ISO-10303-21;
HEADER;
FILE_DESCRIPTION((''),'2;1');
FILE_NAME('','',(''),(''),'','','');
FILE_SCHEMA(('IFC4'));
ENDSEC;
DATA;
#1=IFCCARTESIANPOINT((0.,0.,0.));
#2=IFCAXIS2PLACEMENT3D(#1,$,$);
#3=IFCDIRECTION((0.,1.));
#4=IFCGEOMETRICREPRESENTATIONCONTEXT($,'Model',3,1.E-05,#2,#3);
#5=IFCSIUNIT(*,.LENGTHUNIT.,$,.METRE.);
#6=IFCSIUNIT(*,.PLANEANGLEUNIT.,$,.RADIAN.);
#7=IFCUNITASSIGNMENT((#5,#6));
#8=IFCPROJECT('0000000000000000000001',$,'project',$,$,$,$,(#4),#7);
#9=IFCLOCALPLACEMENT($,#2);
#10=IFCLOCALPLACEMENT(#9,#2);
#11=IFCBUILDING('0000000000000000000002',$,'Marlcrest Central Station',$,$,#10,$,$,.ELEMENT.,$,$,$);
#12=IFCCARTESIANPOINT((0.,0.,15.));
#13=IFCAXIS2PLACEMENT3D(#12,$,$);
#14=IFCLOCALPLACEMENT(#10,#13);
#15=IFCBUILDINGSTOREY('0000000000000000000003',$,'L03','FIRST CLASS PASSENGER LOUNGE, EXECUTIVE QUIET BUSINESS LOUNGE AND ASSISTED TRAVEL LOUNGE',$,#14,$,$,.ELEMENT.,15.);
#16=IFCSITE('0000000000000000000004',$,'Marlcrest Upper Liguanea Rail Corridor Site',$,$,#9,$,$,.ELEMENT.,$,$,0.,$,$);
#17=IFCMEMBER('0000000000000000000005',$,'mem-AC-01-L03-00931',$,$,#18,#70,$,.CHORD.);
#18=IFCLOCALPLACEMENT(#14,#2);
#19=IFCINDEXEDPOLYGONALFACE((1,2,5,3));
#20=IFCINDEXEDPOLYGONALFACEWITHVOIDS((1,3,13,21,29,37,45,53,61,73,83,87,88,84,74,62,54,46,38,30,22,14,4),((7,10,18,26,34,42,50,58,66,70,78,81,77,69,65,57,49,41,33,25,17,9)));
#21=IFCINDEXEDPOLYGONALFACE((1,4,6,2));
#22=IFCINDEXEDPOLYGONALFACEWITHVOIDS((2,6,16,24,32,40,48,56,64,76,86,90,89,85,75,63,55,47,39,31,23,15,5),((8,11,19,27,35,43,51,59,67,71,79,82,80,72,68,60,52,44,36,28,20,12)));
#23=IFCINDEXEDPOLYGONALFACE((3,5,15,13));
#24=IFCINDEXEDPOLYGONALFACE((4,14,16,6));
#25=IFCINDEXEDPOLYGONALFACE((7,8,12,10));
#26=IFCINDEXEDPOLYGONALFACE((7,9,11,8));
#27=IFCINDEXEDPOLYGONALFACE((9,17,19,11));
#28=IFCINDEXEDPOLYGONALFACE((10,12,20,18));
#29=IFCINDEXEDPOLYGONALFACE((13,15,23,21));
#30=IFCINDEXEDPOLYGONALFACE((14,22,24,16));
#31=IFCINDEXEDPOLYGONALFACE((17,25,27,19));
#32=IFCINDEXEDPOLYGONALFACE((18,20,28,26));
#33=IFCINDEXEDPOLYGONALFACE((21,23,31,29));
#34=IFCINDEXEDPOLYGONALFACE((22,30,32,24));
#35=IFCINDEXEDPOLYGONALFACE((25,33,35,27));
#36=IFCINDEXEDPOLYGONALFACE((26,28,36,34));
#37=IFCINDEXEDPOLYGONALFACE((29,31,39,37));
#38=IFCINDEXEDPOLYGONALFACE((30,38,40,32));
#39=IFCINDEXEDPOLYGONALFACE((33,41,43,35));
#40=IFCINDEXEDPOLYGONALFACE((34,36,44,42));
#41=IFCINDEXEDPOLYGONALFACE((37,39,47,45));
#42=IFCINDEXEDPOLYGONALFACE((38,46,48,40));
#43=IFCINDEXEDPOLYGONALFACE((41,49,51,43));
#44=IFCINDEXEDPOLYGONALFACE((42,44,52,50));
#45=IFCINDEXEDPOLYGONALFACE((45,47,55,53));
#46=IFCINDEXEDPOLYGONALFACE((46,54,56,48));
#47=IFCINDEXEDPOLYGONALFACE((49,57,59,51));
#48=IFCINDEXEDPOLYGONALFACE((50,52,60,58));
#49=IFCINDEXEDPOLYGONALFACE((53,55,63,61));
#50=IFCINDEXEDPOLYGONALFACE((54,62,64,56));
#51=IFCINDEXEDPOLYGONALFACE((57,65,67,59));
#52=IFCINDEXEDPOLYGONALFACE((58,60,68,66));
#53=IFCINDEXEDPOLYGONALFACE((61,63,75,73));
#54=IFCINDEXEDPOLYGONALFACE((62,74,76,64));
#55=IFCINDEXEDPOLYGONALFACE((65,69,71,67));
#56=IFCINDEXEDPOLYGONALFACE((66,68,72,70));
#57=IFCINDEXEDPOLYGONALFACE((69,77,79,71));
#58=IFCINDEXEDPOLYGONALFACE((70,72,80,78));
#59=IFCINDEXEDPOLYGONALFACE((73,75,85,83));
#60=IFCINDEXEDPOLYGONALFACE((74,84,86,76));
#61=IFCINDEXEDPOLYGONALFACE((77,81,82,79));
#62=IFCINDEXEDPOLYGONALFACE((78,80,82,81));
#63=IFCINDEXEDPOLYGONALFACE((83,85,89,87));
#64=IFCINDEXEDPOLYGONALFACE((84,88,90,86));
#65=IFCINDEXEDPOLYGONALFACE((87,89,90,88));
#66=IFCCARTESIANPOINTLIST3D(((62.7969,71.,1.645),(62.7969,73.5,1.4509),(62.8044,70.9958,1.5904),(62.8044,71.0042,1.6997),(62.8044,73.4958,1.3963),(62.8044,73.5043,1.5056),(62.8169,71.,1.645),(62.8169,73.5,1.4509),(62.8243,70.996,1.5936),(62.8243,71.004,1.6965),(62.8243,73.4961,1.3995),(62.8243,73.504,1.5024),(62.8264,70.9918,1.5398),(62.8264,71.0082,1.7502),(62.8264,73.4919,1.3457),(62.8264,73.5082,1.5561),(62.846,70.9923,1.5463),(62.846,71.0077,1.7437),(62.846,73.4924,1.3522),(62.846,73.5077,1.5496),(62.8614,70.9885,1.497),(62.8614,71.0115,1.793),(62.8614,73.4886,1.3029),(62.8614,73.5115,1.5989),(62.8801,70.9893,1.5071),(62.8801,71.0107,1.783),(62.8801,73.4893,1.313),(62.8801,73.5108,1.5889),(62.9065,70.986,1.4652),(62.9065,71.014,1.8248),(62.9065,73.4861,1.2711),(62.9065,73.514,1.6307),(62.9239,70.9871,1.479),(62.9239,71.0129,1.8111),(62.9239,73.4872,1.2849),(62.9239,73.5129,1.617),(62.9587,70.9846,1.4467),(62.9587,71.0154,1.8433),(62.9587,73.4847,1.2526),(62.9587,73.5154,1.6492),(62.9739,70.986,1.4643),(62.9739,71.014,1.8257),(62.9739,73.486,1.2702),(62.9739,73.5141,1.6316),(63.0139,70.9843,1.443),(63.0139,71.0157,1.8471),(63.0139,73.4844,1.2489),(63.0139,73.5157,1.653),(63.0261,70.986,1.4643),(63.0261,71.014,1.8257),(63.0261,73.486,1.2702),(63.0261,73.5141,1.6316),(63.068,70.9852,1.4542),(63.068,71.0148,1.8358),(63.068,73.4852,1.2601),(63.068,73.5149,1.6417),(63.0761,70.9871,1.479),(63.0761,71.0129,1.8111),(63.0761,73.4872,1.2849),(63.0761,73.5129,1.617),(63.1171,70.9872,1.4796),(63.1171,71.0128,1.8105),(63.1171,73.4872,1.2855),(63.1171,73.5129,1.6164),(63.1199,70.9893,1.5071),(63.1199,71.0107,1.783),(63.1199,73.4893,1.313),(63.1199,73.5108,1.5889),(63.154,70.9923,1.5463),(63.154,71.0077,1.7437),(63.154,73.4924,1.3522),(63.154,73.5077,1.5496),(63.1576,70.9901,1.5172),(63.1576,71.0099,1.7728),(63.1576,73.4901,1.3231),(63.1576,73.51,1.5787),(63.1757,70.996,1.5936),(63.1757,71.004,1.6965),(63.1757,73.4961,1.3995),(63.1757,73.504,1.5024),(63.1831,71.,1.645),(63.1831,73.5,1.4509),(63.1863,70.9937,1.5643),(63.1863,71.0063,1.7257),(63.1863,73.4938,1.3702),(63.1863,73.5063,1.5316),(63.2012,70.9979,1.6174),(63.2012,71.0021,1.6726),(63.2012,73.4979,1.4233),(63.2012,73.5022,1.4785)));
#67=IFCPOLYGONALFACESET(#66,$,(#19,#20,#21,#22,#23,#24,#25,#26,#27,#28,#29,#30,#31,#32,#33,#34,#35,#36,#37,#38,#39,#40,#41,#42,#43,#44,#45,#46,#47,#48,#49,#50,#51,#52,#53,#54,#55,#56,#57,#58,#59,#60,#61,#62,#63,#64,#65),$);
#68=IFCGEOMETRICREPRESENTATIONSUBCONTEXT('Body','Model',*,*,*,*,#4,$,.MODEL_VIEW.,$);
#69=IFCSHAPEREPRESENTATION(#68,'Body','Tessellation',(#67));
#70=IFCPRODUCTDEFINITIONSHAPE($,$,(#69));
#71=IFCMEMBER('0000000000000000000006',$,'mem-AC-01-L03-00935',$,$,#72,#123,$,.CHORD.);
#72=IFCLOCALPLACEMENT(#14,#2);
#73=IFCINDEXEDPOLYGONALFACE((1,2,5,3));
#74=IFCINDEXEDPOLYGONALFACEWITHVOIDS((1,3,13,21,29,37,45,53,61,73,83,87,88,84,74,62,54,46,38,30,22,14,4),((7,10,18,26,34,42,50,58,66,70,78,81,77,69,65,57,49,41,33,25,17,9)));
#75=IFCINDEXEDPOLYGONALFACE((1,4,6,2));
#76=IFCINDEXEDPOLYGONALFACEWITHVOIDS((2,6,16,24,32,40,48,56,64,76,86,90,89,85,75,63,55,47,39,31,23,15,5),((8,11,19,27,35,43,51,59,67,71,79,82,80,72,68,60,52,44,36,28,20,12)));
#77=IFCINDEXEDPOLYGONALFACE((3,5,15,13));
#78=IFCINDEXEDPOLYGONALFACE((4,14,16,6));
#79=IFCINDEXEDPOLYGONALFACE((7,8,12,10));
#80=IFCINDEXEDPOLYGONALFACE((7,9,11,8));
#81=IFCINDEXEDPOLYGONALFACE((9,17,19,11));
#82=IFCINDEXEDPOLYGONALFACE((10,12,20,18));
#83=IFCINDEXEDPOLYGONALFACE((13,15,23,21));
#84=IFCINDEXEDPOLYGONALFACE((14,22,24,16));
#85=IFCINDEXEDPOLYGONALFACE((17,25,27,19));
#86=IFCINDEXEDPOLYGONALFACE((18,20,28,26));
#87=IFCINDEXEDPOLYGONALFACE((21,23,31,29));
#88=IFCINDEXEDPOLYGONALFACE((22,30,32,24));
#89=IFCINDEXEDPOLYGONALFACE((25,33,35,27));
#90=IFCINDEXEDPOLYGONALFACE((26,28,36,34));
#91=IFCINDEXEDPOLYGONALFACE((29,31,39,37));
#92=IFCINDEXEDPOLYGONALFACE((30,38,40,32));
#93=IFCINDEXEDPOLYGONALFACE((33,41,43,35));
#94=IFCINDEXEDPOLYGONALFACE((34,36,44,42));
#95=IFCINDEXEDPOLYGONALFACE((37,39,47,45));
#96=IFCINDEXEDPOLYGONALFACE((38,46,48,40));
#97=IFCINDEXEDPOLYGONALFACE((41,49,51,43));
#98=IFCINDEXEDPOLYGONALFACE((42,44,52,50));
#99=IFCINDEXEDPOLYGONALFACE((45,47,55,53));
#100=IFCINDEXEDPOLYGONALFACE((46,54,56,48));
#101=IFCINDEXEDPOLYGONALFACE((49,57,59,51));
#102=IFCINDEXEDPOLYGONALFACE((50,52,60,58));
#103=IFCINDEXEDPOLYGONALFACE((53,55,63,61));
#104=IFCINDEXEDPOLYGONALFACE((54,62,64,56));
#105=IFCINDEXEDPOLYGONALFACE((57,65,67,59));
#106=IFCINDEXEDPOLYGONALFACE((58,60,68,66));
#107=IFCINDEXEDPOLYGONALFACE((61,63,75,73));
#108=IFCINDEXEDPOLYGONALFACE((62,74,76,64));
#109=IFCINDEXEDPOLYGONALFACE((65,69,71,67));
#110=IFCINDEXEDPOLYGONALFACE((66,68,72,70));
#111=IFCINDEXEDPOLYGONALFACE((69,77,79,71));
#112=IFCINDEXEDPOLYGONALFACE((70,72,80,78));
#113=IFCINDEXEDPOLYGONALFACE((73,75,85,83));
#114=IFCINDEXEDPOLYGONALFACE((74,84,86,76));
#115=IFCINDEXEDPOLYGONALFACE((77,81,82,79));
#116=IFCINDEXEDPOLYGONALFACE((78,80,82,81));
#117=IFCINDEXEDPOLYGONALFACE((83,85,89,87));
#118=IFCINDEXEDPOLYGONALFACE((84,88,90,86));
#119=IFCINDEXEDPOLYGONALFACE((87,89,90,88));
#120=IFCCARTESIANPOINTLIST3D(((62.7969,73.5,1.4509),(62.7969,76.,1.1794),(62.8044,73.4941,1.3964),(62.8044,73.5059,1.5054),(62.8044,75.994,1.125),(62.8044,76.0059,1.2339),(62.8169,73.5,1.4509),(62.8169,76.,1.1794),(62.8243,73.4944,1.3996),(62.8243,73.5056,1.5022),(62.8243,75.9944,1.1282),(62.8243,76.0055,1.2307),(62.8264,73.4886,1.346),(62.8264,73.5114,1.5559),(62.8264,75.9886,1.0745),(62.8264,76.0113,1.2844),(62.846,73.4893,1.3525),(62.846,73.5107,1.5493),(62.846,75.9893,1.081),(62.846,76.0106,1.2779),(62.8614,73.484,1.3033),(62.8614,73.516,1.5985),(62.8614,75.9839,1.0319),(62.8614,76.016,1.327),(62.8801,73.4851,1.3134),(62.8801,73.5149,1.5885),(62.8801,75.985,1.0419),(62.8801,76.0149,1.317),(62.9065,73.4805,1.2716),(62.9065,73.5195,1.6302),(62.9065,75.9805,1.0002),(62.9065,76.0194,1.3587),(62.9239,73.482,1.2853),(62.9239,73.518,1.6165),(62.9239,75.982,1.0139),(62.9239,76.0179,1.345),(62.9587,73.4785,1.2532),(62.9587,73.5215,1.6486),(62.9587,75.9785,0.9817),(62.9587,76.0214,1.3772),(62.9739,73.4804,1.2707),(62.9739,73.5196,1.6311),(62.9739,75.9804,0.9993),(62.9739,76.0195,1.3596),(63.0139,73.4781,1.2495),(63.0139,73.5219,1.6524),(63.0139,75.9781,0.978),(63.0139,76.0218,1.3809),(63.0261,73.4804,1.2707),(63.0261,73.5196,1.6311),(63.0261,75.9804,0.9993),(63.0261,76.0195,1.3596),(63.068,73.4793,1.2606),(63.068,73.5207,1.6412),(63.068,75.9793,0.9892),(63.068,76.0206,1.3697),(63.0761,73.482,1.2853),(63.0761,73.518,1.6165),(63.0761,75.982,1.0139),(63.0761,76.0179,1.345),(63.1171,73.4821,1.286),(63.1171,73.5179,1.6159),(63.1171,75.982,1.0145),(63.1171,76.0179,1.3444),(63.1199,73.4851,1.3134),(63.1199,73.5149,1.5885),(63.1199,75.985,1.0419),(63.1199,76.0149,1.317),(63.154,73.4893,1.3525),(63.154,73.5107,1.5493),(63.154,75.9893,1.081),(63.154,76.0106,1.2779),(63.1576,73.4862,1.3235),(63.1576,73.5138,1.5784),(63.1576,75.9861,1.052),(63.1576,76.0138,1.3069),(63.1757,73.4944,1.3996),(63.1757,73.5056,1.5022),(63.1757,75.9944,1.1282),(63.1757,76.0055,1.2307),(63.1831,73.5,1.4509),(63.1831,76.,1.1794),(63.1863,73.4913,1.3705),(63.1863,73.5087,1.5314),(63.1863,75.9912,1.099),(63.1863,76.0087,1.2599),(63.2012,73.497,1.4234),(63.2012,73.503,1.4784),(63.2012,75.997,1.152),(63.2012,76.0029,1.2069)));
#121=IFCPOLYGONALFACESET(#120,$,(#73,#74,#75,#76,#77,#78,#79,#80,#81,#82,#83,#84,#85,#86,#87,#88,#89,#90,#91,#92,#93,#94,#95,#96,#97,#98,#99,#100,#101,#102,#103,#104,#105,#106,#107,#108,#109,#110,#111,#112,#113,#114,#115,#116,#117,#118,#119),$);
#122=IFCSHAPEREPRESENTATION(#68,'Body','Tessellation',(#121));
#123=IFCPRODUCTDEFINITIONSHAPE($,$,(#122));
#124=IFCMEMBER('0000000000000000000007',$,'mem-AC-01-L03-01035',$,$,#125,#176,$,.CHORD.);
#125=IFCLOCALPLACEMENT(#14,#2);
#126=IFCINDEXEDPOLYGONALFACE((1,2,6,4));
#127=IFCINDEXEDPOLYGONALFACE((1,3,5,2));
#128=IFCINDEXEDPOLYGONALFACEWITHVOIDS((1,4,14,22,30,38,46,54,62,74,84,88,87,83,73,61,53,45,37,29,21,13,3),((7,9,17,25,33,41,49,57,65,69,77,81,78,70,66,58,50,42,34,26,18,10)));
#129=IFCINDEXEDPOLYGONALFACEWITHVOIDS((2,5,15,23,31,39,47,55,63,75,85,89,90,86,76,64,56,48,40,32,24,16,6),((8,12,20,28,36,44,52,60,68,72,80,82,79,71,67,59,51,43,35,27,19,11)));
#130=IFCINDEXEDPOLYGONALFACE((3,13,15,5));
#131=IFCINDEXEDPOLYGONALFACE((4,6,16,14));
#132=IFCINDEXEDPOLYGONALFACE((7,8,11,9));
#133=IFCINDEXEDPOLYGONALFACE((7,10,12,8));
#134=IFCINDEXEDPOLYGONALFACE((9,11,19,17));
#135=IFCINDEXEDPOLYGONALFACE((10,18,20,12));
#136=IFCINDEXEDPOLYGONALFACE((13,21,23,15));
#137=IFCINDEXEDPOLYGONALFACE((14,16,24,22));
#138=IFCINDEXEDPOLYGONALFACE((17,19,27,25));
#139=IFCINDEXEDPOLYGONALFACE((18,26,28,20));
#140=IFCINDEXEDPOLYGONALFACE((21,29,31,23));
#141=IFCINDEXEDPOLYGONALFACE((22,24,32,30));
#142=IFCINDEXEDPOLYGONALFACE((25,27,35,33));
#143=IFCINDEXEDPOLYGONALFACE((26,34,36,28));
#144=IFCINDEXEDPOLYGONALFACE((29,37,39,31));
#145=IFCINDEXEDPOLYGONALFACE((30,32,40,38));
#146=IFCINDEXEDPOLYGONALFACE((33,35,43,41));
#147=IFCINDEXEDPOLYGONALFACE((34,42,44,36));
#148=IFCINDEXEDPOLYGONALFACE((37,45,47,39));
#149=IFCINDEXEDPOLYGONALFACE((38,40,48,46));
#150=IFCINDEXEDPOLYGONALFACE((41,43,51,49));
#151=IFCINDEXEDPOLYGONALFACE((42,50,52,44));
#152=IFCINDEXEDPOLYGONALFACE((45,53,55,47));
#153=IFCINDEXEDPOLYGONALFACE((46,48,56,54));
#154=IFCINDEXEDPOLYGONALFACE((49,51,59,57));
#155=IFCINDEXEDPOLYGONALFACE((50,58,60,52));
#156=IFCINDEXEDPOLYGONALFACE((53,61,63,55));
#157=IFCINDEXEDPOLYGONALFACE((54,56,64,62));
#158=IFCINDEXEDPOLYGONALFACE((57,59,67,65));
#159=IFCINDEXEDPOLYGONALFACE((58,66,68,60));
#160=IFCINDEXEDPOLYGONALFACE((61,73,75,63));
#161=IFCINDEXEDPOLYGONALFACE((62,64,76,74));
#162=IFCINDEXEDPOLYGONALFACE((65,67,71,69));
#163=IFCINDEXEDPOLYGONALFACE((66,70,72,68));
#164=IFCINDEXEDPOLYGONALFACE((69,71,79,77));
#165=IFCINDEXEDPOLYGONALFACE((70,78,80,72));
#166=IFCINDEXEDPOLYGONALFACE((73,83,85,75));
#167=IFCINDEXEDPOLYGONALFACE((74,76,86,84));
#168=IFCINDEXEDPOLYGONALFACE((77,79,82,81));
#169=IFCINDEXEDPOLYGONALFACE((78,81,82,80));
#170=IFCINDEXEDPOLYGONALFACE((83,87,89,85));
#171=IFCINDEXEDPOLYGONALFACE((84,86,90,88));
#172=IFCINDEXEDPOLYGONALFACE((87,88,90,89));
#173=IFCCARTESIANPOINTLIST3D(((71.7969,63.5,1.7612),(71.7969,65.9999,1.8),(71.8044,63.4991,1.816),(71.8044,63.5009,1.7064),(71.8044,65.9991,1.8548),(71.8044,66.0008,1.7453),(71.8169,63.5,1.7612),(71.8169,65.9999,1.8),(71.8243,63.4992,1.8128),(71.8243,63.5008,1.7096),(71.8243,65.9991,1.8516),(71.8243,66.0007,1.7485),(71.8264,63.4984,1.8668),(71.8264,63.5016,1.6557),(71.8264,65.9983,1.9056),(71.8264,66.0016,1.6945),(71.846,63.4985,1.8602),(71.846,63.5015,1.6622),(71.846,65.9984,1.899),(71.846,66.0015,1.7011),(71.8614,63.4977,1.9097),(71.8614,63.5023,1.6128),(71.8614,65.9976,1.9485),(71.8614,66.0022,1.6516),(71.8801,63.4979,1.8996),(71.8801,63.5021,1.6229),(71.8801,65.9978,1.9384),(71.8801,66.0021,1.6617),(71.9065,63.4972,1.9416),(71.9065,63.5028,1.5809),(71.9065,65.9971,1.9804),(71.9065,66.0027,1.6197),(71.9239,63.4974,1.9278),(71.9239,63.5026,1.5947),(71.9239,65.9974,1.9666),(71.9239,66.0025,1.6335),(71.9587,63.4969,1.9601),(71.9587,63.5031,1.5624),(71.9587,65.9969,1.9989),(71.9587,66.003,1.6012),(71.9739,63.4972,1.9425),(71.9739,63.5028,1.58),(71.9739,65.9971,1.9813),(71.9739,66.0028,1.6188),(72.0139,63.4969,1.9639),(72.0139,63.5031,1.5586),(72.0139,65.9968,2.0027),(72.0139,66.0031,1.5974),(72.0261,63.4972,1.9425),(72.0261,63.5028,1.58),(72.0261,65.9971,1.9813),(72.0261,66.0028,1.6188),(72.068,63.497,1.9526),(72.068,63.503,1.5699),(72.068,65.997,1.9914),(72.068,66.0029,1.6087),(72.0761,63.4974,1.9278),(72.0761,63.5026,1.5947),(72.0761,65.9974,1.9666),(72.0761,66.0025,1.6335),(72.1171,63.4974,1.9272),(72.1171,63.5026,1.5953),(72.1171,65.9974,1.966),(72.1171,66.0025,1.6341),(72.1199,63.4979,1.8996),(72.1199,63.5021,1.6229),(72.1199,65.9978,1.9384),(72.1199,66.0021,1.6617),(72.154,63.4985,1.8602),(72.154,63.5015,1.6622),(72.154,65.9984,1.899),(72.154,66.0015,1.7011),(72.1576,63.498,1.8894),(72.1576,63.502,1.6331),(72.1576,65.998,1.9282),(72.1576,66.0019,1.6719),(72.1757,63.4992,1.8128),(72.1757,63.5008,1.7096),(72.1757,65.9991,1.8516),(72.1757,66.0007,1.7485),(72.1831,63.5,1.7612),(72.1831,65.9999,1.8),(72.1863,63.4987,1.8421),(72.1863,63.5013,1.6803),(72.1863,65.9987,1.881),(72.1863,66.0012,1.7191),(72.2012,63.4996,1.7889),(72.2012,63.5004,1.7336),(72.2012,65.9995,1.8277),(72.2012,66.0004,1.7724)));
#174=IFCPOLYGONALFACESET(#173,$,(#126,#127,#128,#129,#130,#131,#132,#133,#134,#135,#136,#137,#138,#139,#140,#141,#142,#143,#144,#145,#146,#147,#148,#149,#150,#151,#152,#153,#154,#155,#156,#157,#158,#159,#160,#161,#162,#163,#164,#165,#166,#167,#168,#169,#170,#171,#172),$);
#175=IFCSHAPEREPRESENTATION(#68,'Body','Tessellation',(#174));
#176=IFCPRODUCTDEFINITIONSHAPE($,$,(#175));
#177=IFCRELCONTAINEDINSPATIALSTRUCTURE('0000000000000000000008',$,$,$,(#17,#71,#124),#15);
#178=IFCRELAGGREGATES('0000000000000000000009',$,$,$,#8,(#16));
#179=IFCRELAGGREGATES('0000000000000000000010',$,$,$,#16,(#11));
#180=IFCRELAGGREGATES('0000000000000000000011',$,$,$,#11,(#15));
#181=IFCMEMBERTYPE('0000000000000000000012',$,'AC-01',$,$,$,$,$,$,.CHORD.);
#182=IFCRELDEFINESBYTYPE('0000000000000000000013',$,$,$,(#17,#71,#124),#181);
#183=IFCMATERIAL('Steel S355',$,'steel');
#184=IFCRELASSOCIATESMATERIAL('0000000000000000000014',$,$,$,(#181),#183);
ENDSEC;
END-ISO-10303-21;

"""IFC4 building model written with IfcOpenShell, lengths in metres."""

from ifc_helpers import new_model, si_unit, direction, frame, origin, origin_2d, place, context, subcontext, project, spatial, hollow_circle, extrude, material, material_profile, profile_set, type_object, element, save


model = new_model("IFC4")

# Units and contexts
model_context = context("Model", 3, precision=1e-05, world=origin(), true_north=direction((0.0, 1.0)))
body_context = subcontext(model_context, "Body", "Model", "MODEL_VIEW")
ifc_project = project(units=[si_unit("LENGTHUNIT", "METRE"), si_unit("PLANEANGLEUNIT", "RADIAN")], contexts=[model_context])

# Site, building, storey
site_placement = place(None, origin())
site = spatial("IfcSite", under=ifc_project, at=site_placement, Name="Marlcrest Upper Liguanea Rail Corridor Site", CompositionType="ELEMENT", RefElevation=0.0)
building_placement = place(site_placement, origin())
building = spatial("IfcBuilding", under=site, at=building_placement, Name="Marlcrest Central Station", CompositionType="ELEMENT")
storey_placement = place(building_placement, frame((0.0, 0.0, 15.0)))
storey = spatial("IfcBuildingStorey", under=building, at=storey_placement, Name="L03", Description="FIRST CLASS PASSENGER LOUNGE, EXECUTIVE QUIET BUSINESS LOUNGE AND ASSISTED TRAVEL LOUNGE", CompositionType="ELEMENT", Elevation=15.0)

# Members
ifc_material_1 = material(Name="Steel S355", Category="steel")
ifc_material_profile_1 = material_profile(ifc_material_1, hollow_circle(Radius=0.2031, WallThickness=0.02, at=origin_2d()), Name="CHS 406.4x20")
ifc_profile_set_1 = profile_set([ifc_material_profile_1], Name="Steel S355")
member_type_1 = type_object("IfcMemberType", Name="AC-01", PredefinedType="CHORD", material=ifc_profile_set_1)
member_1_placement = place(storey_placement, frame((63.0, 71.0, 1.645), z_axis=(0.0, 0.997, -0.077404), x_axis=(-1.0, 0.0, 0.0)))
element("IfcMember", 1, at=member_1_placement, inside=storey, type_object=member_type_1, Name="mem-AC-01-L03-00931", PredefinedType="CHORD", context=body_context, shape_type="SweptSolid", body=[
    extrude(hollow_circle(Radius=0.2031, WallThickness=0.02, at=origin_2d()), origin(), (0.0, 0.0, 1.0), 2.5076),
])
member_2_placement = place(storey_placement, frame((63.0, 73.5, 1.4509), z_axis=(0.0, 0.994155, -0.107959), x_axis=(-1.0, 0.0, 0.0)))
element("IfcMember", 2, at=member_2_placement, inside=storey, type_object=member_type_1, Name="mem-AC-01-L03-00935", PredefinedType="CHORD", context=body_context, shape_type="SweptSolid", body=[
    extrude(hollow_circle(Radius=0.2031, WallThickness=0.02, at=origin_2d()), origin(), (0.0, 0.0, 1.0), 2.5146),
])
for number, where, z_axis, x_axis, name in (
    (3, (72.0, 63.5, 1.7612), (0.0, 0.999879, 0.015525), (-1.0, 0.0, 0.0), "mem-AC-01-L03-01035"),
):
    element("IfcMember", number, at=place(storey_placement, frame(where, z_axis=z_axis, x_axis=x_axis)), inside=storey, type_object=member_type_1, Name=name, PredefinedType="CHORD", context=body_context, shape_type="SweptSolid", body=[
        extrude(hollow_circle(Radius=0.2031, WallThickness=0.02, at=origin_2d()), origin(), (0.0, 0.0, 1.0), 2.5002),
    ])

save(model, "model.ifc")
